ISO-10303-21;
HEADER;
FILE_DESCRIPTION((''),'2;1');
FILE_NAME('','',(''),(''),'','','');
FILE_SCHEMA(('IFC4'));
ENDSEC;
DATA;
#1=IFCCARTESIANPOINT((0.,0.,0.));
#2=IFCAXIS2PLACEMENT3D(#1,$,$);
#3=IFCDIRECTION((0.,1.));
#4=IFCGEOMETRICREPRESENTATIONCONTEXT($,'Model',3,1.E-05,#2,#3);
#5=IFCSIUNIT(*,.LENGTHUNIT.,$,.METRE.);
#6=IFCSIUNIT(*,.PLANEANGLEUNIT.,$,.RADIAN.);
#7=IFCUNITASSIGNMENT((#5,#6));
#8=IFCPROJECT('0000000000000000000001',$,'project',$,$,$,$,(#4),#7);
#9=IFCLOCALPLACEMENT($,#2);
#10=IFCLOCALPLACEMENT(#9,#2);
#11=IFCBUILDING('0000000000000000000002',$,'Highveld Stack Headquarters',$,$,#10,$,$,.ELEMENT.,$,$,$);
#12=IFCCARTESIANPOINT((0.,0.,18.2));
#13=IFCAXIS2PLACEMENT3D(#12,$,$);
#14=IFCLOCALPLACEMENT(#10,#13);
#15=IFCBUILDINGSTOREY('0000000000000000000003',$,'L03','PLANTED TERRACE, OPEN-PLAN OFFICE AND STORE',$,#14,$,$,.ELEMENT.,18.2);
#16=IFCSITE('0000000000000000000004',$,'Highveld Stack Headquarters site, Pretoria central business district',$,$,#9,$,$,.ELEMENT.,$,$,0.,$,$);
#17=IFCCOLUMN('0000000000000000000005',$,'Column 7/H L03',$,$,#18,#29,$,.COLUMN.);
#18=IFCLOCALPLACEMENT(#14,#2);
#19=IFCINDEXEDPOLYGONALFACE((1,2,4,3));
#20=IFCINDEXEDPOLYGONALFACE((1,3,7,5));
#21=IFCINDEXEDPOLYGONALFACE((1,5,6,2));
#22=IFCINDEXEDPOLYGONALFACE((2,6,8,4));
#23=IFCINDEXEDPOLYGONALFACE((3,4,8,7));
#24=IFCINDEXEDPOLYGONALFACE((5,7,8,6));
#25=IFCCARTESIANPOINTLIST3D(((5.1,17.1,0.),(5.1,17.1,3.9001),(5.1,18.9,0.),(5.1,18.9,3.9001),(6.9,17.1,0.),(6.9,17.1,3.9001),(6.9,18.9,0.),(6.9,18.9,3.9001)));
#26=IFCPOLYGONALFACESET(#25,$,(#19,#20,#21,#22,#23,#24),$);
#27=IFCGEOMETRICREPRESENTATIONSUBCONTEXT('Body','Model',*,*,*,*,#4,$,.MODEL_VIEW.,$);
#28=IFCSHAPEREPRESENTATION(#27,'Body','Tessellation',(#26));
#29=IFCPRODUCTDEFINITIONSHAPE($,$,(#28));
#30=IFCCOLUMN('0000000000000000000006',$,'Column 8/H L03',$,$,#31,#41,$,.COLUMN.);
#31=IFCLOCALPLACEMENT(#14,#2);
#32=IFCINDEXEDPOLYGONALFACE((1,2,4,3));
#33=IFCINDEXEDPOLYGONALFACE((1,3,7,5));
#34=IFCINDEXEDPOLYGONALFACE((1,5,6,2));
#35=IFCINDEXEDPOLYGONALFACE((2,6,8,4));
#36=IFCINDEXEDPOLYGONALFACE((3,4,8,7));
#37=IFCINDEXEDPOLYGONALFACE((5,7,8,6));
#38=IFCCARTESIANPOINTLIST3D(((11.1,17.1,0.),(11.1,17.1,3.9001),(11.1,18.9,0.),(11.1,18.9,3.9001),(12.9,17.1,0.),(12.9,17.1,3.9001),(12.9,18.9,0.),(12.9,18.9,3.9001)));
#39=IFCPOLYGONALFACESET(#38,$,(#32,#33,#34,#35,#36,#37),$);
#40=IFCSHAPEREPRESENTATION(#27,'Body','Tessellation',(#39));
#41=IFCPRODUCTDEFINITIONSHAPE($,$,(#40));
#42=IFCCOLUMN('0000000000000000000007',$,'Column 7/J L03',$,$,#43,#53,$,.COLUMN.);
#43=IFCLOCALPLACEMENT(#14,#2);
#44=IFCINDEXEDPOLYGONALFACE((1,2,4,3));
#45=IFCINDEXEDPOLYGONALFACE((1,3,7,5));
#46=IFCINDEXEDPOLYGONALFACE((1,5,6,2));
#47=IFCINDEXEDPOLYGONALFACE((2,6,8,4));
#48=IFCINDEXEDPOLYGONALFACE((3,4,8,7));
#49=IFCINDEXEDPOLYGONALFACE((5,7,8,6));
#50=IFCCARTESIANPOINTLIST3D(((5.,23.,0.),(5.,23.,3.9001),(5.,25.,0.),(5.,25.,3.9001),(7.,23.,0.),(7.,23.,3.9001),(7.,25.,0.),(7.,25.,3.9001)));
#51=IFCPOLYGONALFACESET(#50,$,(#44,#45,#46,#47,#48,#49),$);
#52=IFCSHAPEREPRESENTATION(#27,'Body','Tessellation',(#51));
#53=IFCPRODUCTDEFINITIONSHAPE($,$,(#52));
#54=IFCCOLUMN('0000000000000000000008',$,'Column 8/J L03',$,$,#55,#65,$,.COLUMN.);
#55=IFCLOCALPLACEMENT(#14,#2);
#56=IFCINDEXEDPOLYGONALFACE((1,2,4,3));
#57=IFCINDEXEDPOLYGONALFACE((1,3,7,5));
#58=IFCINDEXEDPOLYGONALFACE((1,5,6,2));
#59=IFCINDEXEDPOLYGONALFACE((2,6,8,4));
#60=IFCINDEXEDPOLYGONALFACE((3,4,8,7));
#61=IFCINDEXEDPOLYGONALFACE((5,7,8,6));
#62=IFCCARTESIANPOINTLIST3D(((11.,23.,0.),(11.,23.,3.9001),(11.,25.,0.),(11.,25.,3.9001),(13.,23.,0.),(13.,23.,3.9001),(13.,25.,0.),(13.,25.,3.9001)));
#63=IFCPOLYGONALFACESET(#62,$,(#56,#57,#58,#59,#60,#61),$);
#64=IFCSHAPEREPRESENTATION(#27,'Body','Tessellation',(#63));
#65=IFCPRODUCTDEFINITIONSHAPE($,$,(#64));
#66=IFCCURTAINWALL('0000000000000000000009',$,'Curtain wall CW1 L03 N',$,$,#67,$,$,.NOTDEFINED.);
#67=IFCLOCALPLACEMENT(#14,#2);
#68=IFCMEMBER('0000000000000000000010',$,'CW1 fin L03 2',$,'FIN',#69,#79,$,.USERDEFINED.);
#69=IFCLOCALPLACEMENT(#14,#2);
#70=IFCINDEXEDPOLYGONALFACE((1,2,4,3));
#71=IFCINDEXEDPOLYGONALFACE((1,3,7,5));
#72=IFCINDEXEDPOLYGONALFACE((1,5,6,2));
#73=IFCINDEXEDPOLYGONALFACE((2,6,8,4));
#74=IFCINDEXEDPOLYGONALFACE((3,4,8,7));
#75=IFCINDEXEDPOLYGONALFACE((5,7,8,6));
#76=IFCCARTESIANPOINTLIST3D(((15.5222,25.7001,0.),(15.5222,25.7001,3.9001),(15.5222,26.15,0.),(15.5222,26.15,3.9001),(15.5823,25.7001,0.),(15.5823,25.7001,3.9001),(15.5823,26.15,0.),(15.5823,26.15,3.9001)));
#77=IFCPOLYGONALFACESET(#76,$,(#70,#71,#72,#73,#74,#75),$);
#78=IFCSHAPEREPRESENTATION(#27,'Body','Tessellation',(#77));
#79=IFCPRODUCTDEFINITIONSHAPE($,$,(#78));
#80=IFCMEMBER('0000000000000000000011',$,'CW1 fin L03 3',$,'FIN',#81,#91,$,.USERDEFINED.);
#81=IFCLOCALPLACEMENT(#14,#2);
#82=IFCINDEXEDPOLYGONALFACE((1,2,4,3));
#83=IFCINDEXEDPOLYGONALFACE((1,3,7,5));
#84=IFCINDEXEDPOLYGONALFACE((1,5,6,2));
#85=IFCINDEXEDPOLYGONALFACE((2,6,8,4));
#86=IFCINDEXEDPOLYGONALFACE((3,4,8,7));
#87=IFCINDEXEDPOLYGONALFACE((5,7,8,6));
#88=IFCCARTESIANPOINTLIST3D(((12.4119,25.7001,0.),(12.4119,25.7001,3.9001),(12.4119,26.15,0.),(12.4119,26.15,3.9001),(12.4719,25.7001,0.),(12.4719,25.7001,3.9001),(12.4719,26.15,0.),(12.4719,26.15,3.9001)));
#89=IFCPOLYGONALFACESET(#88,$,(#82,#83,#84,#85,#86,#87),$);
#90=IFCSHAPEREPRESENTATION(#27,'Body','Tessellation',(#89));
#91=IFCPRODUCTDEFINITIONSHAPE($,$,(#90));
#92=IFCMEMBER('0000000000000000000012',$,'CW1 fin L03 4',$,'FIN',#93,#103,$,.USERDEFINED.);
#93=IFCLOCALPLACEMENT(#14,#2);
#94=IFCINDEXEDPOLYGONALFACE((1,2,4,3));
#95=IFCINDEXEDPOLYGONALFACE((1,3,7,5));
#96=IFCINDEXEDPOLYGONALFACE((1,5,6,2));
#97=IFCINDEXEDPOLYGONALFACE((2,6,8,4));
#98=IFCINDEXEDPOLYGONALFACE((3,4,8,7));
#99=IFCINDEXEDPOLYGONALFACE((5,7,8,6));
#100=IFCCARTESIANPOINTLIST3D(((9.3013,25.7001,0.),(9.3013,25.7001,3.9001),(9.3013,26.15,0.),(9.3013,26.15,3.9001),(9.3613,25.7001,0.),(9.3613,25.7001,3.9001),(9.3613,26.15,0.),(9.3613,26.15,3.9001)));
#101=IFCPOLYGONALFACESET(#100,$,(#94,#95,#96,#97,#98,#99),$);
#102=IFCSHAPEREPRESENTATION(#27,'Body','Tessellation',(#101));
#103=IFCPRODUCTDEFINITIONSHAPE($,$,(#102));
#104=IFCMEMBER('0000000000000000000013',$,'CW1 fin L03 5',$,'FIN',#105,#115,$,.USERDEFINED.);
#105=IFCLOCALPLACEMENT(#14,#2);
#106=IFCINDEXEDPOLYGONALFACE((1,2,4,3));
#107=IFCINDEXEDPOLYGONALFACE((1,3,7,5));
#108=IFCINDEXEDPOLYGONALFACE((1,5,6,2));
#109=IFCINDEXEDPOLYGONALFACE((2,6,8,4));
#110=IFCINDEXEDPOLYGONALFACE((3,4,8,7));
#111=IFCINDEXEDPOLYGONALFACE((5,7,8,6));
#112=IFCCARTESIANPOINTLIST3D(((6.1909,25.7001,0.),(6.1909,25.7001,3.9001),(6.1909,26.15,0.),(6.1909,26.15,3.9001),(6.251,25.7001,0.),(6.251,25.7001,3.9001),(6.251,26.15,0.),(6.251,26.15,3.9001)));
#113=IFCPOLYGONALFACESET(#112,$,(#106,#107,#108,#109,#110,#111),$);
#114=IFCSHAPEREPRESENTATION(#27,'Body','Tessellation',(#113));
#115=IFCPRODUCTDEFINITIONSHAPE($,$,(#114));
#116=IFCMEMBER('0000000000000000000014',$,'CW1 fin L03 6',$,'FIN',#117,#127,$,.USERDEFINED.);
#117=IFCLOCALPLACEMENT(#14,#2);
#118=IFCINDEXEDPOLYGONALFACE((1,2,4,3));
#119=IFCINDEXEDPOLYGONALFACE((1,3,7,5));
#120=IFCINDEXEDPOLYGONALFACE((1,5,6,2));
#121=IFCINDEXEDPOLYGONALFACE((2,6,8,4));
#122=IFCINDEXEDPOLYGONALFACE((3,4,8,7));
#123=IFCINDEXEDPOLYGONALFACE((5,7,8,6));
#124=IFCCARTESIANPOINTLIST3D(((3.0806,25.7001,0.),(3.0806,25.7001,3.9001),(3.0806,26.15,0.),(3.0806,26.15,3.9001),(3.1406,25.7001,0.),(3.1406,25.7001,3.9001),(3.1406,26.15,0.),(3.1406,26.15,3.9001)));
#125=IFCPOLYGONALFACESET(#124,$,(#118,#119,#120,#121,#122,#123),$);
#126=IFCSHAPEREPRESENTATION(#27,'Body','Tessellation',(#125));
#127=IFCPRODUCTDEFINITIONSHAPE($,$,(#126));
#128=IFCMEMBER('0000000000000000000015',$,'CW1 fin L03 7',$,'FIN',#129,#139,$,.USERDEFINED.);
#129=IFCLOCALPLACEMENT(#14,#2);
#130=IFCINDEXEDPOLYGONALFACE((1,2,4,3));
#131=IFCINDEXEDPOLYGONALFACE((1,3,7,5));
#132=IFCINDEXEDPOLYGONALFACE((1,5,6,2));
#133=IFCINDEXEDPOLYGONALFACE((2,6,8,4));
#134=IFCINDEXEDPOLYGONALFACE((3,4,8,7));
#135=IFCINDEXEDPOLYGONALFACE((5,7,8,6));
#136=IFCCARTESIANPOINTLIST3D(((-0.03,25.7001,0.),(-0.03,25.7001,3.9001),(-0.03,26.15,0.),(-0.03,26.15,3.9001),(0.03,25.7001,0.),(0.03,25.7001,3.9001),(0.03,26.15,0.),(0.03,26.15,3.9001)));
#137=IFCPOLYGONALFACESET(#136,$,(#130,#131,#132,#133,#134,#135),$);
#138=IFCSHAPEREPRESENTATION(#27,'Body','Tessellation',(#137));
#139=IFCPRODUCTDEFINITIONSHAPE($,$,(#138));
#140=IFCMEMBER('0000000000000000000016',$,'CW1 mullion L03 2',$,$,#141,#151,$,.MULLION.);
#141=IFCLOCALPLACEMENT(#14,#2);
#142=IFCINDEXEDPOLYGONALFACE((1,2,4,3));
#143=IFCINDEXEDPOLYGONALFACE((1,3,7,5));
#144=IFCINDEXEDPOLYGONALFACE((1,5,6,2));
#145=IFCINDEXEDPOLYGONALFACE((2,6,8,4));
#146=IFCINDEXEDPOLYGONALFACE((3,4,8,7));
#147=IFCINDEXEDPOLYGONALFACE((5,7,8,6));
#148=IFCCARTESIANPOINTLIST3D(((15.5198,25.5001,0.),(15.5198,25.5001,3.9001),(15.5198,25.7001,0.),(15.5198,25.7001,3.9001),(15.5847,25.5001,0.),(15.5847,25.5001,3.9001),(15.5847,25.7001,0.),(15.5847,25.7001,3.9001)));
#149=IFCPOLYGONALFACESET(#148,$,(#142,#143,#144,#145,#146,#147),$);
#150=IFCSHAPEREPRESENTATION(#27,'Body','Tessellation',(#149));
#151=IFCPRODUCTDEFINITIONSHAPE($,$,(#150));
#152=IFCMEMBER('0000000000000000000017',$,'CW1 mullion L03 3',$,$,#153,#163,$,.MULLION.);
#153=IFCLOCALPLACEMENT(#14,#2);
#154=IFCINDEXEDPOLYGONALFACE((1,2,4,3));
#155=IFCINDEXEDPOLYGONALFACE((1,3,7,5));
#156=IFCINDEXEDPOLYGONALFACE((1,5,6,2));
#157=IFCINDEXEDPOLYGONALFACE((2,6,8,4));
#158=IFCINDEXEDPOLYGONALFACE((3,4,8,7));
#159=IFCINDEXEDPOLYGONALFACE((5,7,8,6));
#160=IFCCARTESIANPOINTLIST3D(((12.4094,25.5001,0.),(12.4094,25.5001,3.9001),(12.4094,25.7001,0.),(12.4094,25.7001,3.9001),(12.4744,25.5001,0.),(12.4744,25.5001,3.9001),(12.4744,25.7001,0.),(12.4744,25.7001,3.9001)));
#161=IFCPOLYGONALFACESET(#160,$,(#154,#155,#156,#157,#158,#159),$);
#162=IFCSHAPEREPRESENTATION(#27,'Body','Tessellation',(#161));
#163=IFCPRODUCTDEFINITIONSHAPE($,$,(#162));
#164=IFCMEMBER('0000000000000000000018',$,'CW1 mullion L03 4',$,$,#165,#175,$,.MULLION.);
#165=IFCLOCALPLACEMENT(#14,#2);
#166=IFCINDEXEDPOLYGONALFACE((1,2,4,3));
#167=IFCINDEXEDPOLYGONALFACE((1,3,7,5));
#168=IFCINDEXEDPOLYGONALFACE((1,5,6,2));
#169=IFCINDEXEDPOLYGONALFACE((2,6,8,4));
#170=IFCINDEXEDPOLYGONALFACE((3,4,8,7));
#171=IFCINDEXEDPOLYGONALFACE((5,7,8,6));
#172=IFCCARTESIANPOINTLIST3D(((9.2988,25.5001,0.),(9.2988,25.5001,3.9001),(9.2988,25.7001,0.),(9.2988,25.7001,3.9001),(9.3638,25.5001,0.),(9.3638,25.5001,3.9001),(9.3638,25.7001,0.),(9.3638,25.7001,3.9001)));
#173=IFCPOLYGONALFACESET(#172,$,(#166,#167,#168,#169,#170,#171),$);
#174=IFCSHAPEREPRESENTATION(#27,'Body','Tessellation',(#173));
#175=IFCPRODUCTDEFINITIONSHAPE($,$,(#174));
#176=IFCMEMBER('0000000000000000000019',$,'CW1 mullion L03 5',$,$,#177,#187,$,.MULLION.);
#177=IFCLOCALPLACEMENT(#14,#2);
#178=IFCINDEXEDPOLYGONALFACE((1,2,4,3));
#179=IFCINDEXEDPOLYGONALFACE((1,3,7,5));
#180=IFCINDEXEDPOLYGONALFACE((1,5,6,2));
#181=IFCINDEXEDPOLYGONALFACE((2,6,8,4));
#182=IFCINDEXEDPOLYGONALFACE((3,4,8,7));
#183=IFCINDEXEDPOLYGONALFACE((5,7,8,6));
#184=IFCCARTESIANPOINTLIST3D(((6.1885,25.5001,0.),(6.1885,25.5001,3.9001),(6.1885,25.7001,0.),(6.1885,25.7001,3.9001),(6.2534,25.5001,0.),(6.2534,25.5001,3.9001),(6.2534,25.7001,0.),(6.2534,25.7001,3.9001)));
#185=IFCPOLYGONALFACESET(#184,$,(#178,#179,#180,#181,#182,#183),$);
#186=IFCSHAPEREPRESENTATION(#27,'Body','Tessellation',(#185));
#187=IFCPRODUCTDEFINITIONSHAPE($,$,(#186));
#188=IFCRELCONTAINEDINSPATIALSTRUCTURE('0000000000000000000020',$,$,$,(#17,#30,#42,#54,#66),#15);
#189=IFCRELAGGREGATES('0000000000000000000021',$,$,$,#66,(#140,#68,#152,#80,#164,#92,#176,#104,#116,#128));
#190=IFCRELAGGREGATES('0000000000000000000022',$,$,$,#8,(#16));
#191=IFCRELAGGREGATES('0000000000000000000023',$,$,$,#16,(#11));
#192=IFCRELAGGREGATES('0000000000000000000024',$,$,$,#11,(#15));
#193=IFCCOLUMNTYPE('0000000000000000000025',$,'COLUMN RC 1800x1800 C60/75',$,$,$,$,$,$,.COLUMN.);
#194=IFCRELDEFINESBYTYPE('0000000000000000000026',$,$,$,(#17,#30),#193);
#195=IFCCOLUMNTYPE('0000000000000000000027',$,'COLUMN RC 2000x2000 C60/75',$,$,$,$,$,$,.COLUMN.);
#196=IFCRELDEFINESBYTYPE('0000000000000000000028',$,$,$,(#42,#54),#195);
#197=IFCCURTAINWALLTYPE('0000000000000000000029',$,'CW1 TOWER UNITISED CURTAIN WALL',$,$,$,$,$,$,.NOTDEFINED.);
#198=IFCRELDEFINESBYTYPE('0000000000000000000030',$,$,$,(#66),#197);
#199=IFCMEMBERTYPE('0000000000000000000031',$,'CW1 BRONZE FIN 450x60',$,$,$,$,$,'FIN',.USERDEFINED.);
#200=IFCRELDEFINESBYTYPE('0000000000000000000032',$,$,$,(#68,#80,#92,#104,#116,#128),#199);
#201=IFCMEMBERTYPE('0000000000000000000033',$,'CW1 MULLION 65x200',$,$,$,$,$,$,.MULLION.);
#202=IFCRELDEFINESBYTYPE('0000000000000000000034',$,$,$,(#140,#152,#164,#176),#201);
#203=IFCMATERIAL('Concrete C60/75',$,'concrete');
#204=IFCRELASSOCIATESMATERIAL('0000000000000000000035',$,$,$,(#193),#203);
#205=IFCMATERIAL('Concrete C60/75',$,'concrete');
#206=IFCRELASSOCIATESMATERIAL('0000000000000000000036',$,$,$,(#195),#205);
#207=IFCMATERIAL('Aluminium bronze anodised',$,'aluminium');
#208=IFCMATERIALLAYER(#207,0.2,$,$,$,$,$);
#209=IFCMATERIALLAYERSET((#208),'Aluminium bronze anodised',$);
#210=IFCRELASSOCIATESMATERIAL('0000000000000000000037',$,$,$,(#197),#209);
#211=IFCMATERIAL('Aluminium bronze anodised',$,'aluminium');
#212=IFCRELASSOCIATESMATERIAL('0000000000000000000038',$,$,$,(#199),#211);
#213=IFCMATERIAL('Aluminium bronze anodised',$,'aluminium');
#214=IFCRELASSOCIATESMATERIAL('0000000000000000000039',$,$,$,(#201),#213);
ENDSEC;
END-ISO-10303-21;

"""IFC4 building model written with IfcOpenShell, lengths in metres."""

from ifc_helpers import new_model, si_unit, direction, frame, origin, origin_2d, place, context, subcontext, project, spatial, rectangle, extrude, material, layer, layer_set, material_profile, profile_set, type_object, element, aggregate, save


model = new_model("IFC4")

# Units and contexts
model_context = context("Model", 3, precision=1e-05, world=origin(), true_north=direction((0.0, 1.0)))
body_context = subcontext(model_context, "Body", "Model", "MODEL_VIEW")
ifc_project = project(units=[si_unit("LENGTHUNIT", "METRE"), si_unit("PLANEANGLEUNIT", "RADIAN")], contexts=[model_context])

# Site, building, storey
site_placement = place(None, origin())
site = spatial("IfcSite", under=ifc_project, at=site_placement, Name="Highveld Stack Headquarters site, Pretoria central business district", CompositionType="ELEMENT", RefElevation=0.0)
building_placement = place(site_placement, origin())
building = spatial("IfcBuilding", under=site, at=building_placement, Name="Highveld Stack Headquarters", CompositionType="ELEMENT")
storey_placement = place(building_placement, frame((0.0, 0.0, 18.2)))
storey = spatial("IfcBuildingStorey", under=building, at=storey_placement, Name="L03", Description="PLANTED TERRACE, OPEN-PLAN OFFICE AND STORE", CompositionType="ELEMENT", Elevation=18.2)

# Columns
ifc_material_1 = material(Name="Concrete C60/75", Category="concrete")
ifc_material_profile_1 = material_profile(ifc_material_1, rectangle(XDim=1.8, YDim=1.8, at=origin_2d()), Name="RC 1800x1800")
ifc_profile_set_1 = profile_set([ifc_material_profile_1], Name="Concrete C60/75")
column_type_1 = type_object("IfcColumnType", Name="COLUMN RC 1800x1800 C60/75", PredefinedType="COLUMN", material=ifc_profile_set_1)
for number, where, z_axis, x_axis, name in (
    (1, (6.0, 18.0, 0.0), (0.0, 0.0, 1.0), (1.0, 0.0, 0.0), "Column 7/H L03"),
    (2, (12.0, 18.0, 0.0), (0.0, 0.0, 1.0), (1.0, 0.0, 0.0), "Column 8/H L03"),
):
    element("IfcColumn", number, at=place(storey_placement, frame(where, z_axis=z_axis, x_axis=x_axis)), inside=storey, type_object=column_type_1, Name=name, PredefinedType="COLUMN", context=body_context, shape_type="SweptSolid", body=[
        extrude(rectangle(XDim=1.8, YDim=1.8, at=origin_2d()), origin(), (0.0, 0.0, 1.0), 3.9001),
    ])
ifc_material_2 = material(Name="Concrete C60/75", Category="concrete")
ifc_material_profile_2 = material_profile(ifc_material_2, rectangle(XDim=2.0, YDim=2.0, at=origin_2d()), Name="RC 2000x2000")
ifc_profile_set_2 = profile_set([ifc_material_profile_2], Name="Concrete C60/75")
column_type_2 = type_object("IfcColumnType", Name="COLUMN RC 2000x2000 C60/75", PredefinedType="COLUMN", material=ifc_profile_set_2)
for number, where, z_axis, x_axis, name in (
    (3, (6.0, 24.0, 0.0), (0.0, 0.0, 1.0), (1.0, 0.0, 0.0), "Column 7/J L03"),
    (4, (12.0, 24.0, 0.0), (0.0, 0.0, 1.0), (1.0, 0.0, 0.0), "Column 8/J L03"),
):
    element("IfcColumn", number, at=place(storey_placement, frame(where, z_axis=z_axis, x_axis=x_axis)), inside=storey, type_object=column_type_2, Name=name, PredefinedType="COLUMN", context=body_context, shape_type="SweptSolid", body=[
        extrude(rectangle(XDim=2.0, YDim=2.0, at=origin_2d()), origin(), (0.0, 0.0, 1.0), 3.9001),
    ])

# Curtain wall, members
ifc_material_3 = material(Name="Aluminium bronze anodised", Category="aluminium")
ifc_layer_1 = layer(ifc_material_3, 0.2)
ifc_layer_set_1 = layer_set([ifc_layer_1], Name="Aluminium bronze anodised")
curtain_wall_type = type_object("IfcCurtainWallType", Name="CW1 TOWER UNITISED CURTAIN WALL", PredefinedType="NOTDEFINED", material=ifc_layer_set_1)
curtain_wall_placement = place(storey_placement, origin())
curtain_wall = element("IfcCurtainWall", 5, at=curtain_wall_placement, inside=storey, type_object=curtain_wall_type, Name="Curtain wall CW1 L03 N", PredefinedType="NOTDEFINED")
ifc_material_4 = material(Name="Aluminium bronze anodised", Category="aluminium")
ifc_material_profile_3 = material_profile(ifc_material_4, rectangle(XDim=0.45, YDim=0.0601, at=origin_2d()), Name="FIN 450x60")
ifc_profile_set_3 = profile_set([ifc_material_profile_3], Name="Aluminium bronze anodised")
member_type_1 = type_object("IfcMemberType", Name="CW1 BRONZE FIN 450x60", ElementType="FIN", PredefinedType="USERDEFINED", material=ifc_profile_set_3)
member_1_placement = place(storey_placement, frame((15.5522, 25.925, 0.0), z_axis=(0.0, 0.0, 1.0), x_axis=(0.0, -1.0, 0.0)))
member_1 = element("IfcMember", 6, at=member_1_placement, type_object=member_type_1, Name="CW1 fin L03 2", ObjectType="FIN", PredefinedType="USERDEFINED", context=body_context, shape_type="SweptSolid", body=[
    extrude(rectangle(XDim=0.45, YDim=0.0601, at=origin_2d()), origin(), (0.0, 0.0, 1.0), 3.9001),
])
member_2_placement = place(storey_placement, frame((12.4419, 25.925, 0.0), z_axis=(0.0, 0.0, 1.0), x_axis=(0.0, -1.0, 0.0)))
member_2 = element("IfcMember", 7, at=member_2_placement, type_object=member_type_1, Name="CW1 fin L03 3", ObjectType="FIN", PredefinedType="USERDEFINED", context=body_context, shape_type="SweptSolid", body=[
    extrude(rectangle(XDim=0.45, YDim=0.0601, at=origin_2d()), origin(), (0.0, 0.0, 1.0), 3.9001),
])
member_3_placement = place(storey_placement, frame((9.3313, 25.925, 0.0), z_axis=(0.0, 0.0, 1.0), x_axis=(0.0, -1.0, 0.0)))
member_3 = element("IfcMember", 8, at=member_3_placement, type_object=member_type_1, Name="CW1 fin L03 4", ObjectType="FIN", PredefinedType="USERDEFINED", context=body_context, shape_type="SweptSolid", body=[
    extrude(rectangle(XDim=0.45, YDim=0.0601, at=origin_2d()), origin(), (0.0, 0.0, 1.0), 3.9001),
])
member_4_placement = place(storey_placement, frame((6.2209, 25.925, 0.0), z_axis=(0.0, 0.0, 1.0), x_axis=(0.0, -1.0, 0.0)))
member_4 = element("IfcMember", 9, at=member_4_placement, type_object=member_type_1, Name="CW1 fin L03 5", ObjectType="FIN", PredefinedType="USERDEFINED", context=body_context, shape_type="SweptSolid", body=[
    extrude(rectangle(XDim=0.45, YDim=0.0601, at=origin_2d()), origin(), (0.0, 0.0, 1.0), 3.9001),
])
member_5_placement = place(storey_placement, frame((3.1106, 25.925, 0.0), z_axis=(0.0, 0.0, 1.0), x_axis=(0.0, -1.0, 0.0)))
member_5 = element("IfcMember", 10, at=member_5_placement, type_object=member_type_1, Name="CW1 fin L03 6", ObjectType="FIN", PredefinedType="USERDEFINED", context=body_context, shape_type="SweptSolid", body=[
    extrude(rectangle(XDim=0.45, YDim=0.0601, at=origin_2d()), origin(), (0.0, 0.0, 1.0), 3.9001),
])
member_6_placement = place(storey_placement, frame((0.0, 25.925, 0.0), z_axis=(0.0, 0.0, 1.0), x_axis=(0.0, -1.0, 0.0)))
member_6 = element("IfcMember", 11, at=member_6_placement, type_object=member_type_1, Name="CW1 fin L03 7", ObjectType="FIN", PredefinedType="USERDEFINED", context=body_context, shape_type="SweptSolid", body=[
    extrude(rectangle(XDim=0.45, YDim=0.0601, at=origin_2d()), origin(), (0.0, 0.0, 1.0), 3.9001),
])
ifc_material_5 = material(Name="Aluminium bronze anodised", Category="aluminium")
ifc_material_profile_4 = material_profile(ifc_material_5, rectangle(XDim=0.2, YDim=0.0649, at=origin_2d()), Name="CW1 MULLION 65x200")
ifc_profile_set_4 = profile_set([ifc_material_profile_4], Name="Aluminium bronze anodised")
member_type_2 = type_object("IfcMemberType", Name="CW1 MULLION 65x200", PredefinedType="MULLION", material=ifc_profile_set_4)
member_7_placement = place(storey_placement, frame((15.5522, 25.6001, 0.0), z_axis=(0.0, 0.0, 1.0), x_axis=(0.0, -1.0, 0.0)))
member_7 = element("IfcMember", 12, at=member_7_placement, type_object=member_type_2, Name="CW1 mullion L03 2", PredefinedType="MULLION", context=body_context, shape_type="SweptSolid", body=[
    extrude(rectangle(XDim=0.2, YDim=0.0649, at=origin_2d()), origin(), (0.0, 0.0, 1.0), 3.9001),
])
member_8_placement = place(storey_placement, frame((12.4419, 25.6001, 0.0), z_axis=(0.0, 0.0, 1.0), x_axis=(0.0, -1.0, 0.0)))
member_8 = element("IfcMember", 13, at=member_8_placement, type_object=member_type_2, Name="CW1 mullion L03 3", PredefinedType="MULLION", context=body_context, shape_type="SweptSolid", body=[
    extrude(rectangle(XDim=0.2, YDim=0.0649, at=origin_2d()), origin(), (0.0, 0.0, 1.0), 3.9001),
])
member_9_placement = place(storey_placement, frame((9.3313, 25.6001, 0.0), z_axis=(0.0, 0.0, 1.0), x_axis=(0.0, -1.0, 0.0)))
member_9 = element("IfcMember", 14, at=member_9_placement, type_object=member_type_2, Name="CW1 mullion L03 4", PredefinedType="MULLION", context=body_context, shape_type="SweptSolid", body=[
    extrude(rectangle(XDim=0.2, YDim=0.0649, at=origin_2d()), origin(), (0.0, 0.0, 1.0), 3.9001),
])
member_10_placement = place(storey_placement, frame((6.2209, 25.6001, 0.0), z_axis=(0.0, 0.0, 1.0), x_axis=(0.0, -1.0, 0.0)))
member_10 = element("IfcMember", 15, at=member_10_placement, type_object=member_type_2, Name="CW1 mullion L03 5", PredefinedType="MULLION", context=body_context, shape_type="SweptSolid", body=[
    extrude(rectangle(XDim=0.2, YDim=0.0649, at=origin_2d()), origin(), (0.0, 0.0, 1.0), 3.9001),
])
aggregate(curtain_wall, [member_7, member_1, member_8, member_2, member_9, member_3, member_10, member_4, member_5, member_6])

save(model, "model.ifc")
